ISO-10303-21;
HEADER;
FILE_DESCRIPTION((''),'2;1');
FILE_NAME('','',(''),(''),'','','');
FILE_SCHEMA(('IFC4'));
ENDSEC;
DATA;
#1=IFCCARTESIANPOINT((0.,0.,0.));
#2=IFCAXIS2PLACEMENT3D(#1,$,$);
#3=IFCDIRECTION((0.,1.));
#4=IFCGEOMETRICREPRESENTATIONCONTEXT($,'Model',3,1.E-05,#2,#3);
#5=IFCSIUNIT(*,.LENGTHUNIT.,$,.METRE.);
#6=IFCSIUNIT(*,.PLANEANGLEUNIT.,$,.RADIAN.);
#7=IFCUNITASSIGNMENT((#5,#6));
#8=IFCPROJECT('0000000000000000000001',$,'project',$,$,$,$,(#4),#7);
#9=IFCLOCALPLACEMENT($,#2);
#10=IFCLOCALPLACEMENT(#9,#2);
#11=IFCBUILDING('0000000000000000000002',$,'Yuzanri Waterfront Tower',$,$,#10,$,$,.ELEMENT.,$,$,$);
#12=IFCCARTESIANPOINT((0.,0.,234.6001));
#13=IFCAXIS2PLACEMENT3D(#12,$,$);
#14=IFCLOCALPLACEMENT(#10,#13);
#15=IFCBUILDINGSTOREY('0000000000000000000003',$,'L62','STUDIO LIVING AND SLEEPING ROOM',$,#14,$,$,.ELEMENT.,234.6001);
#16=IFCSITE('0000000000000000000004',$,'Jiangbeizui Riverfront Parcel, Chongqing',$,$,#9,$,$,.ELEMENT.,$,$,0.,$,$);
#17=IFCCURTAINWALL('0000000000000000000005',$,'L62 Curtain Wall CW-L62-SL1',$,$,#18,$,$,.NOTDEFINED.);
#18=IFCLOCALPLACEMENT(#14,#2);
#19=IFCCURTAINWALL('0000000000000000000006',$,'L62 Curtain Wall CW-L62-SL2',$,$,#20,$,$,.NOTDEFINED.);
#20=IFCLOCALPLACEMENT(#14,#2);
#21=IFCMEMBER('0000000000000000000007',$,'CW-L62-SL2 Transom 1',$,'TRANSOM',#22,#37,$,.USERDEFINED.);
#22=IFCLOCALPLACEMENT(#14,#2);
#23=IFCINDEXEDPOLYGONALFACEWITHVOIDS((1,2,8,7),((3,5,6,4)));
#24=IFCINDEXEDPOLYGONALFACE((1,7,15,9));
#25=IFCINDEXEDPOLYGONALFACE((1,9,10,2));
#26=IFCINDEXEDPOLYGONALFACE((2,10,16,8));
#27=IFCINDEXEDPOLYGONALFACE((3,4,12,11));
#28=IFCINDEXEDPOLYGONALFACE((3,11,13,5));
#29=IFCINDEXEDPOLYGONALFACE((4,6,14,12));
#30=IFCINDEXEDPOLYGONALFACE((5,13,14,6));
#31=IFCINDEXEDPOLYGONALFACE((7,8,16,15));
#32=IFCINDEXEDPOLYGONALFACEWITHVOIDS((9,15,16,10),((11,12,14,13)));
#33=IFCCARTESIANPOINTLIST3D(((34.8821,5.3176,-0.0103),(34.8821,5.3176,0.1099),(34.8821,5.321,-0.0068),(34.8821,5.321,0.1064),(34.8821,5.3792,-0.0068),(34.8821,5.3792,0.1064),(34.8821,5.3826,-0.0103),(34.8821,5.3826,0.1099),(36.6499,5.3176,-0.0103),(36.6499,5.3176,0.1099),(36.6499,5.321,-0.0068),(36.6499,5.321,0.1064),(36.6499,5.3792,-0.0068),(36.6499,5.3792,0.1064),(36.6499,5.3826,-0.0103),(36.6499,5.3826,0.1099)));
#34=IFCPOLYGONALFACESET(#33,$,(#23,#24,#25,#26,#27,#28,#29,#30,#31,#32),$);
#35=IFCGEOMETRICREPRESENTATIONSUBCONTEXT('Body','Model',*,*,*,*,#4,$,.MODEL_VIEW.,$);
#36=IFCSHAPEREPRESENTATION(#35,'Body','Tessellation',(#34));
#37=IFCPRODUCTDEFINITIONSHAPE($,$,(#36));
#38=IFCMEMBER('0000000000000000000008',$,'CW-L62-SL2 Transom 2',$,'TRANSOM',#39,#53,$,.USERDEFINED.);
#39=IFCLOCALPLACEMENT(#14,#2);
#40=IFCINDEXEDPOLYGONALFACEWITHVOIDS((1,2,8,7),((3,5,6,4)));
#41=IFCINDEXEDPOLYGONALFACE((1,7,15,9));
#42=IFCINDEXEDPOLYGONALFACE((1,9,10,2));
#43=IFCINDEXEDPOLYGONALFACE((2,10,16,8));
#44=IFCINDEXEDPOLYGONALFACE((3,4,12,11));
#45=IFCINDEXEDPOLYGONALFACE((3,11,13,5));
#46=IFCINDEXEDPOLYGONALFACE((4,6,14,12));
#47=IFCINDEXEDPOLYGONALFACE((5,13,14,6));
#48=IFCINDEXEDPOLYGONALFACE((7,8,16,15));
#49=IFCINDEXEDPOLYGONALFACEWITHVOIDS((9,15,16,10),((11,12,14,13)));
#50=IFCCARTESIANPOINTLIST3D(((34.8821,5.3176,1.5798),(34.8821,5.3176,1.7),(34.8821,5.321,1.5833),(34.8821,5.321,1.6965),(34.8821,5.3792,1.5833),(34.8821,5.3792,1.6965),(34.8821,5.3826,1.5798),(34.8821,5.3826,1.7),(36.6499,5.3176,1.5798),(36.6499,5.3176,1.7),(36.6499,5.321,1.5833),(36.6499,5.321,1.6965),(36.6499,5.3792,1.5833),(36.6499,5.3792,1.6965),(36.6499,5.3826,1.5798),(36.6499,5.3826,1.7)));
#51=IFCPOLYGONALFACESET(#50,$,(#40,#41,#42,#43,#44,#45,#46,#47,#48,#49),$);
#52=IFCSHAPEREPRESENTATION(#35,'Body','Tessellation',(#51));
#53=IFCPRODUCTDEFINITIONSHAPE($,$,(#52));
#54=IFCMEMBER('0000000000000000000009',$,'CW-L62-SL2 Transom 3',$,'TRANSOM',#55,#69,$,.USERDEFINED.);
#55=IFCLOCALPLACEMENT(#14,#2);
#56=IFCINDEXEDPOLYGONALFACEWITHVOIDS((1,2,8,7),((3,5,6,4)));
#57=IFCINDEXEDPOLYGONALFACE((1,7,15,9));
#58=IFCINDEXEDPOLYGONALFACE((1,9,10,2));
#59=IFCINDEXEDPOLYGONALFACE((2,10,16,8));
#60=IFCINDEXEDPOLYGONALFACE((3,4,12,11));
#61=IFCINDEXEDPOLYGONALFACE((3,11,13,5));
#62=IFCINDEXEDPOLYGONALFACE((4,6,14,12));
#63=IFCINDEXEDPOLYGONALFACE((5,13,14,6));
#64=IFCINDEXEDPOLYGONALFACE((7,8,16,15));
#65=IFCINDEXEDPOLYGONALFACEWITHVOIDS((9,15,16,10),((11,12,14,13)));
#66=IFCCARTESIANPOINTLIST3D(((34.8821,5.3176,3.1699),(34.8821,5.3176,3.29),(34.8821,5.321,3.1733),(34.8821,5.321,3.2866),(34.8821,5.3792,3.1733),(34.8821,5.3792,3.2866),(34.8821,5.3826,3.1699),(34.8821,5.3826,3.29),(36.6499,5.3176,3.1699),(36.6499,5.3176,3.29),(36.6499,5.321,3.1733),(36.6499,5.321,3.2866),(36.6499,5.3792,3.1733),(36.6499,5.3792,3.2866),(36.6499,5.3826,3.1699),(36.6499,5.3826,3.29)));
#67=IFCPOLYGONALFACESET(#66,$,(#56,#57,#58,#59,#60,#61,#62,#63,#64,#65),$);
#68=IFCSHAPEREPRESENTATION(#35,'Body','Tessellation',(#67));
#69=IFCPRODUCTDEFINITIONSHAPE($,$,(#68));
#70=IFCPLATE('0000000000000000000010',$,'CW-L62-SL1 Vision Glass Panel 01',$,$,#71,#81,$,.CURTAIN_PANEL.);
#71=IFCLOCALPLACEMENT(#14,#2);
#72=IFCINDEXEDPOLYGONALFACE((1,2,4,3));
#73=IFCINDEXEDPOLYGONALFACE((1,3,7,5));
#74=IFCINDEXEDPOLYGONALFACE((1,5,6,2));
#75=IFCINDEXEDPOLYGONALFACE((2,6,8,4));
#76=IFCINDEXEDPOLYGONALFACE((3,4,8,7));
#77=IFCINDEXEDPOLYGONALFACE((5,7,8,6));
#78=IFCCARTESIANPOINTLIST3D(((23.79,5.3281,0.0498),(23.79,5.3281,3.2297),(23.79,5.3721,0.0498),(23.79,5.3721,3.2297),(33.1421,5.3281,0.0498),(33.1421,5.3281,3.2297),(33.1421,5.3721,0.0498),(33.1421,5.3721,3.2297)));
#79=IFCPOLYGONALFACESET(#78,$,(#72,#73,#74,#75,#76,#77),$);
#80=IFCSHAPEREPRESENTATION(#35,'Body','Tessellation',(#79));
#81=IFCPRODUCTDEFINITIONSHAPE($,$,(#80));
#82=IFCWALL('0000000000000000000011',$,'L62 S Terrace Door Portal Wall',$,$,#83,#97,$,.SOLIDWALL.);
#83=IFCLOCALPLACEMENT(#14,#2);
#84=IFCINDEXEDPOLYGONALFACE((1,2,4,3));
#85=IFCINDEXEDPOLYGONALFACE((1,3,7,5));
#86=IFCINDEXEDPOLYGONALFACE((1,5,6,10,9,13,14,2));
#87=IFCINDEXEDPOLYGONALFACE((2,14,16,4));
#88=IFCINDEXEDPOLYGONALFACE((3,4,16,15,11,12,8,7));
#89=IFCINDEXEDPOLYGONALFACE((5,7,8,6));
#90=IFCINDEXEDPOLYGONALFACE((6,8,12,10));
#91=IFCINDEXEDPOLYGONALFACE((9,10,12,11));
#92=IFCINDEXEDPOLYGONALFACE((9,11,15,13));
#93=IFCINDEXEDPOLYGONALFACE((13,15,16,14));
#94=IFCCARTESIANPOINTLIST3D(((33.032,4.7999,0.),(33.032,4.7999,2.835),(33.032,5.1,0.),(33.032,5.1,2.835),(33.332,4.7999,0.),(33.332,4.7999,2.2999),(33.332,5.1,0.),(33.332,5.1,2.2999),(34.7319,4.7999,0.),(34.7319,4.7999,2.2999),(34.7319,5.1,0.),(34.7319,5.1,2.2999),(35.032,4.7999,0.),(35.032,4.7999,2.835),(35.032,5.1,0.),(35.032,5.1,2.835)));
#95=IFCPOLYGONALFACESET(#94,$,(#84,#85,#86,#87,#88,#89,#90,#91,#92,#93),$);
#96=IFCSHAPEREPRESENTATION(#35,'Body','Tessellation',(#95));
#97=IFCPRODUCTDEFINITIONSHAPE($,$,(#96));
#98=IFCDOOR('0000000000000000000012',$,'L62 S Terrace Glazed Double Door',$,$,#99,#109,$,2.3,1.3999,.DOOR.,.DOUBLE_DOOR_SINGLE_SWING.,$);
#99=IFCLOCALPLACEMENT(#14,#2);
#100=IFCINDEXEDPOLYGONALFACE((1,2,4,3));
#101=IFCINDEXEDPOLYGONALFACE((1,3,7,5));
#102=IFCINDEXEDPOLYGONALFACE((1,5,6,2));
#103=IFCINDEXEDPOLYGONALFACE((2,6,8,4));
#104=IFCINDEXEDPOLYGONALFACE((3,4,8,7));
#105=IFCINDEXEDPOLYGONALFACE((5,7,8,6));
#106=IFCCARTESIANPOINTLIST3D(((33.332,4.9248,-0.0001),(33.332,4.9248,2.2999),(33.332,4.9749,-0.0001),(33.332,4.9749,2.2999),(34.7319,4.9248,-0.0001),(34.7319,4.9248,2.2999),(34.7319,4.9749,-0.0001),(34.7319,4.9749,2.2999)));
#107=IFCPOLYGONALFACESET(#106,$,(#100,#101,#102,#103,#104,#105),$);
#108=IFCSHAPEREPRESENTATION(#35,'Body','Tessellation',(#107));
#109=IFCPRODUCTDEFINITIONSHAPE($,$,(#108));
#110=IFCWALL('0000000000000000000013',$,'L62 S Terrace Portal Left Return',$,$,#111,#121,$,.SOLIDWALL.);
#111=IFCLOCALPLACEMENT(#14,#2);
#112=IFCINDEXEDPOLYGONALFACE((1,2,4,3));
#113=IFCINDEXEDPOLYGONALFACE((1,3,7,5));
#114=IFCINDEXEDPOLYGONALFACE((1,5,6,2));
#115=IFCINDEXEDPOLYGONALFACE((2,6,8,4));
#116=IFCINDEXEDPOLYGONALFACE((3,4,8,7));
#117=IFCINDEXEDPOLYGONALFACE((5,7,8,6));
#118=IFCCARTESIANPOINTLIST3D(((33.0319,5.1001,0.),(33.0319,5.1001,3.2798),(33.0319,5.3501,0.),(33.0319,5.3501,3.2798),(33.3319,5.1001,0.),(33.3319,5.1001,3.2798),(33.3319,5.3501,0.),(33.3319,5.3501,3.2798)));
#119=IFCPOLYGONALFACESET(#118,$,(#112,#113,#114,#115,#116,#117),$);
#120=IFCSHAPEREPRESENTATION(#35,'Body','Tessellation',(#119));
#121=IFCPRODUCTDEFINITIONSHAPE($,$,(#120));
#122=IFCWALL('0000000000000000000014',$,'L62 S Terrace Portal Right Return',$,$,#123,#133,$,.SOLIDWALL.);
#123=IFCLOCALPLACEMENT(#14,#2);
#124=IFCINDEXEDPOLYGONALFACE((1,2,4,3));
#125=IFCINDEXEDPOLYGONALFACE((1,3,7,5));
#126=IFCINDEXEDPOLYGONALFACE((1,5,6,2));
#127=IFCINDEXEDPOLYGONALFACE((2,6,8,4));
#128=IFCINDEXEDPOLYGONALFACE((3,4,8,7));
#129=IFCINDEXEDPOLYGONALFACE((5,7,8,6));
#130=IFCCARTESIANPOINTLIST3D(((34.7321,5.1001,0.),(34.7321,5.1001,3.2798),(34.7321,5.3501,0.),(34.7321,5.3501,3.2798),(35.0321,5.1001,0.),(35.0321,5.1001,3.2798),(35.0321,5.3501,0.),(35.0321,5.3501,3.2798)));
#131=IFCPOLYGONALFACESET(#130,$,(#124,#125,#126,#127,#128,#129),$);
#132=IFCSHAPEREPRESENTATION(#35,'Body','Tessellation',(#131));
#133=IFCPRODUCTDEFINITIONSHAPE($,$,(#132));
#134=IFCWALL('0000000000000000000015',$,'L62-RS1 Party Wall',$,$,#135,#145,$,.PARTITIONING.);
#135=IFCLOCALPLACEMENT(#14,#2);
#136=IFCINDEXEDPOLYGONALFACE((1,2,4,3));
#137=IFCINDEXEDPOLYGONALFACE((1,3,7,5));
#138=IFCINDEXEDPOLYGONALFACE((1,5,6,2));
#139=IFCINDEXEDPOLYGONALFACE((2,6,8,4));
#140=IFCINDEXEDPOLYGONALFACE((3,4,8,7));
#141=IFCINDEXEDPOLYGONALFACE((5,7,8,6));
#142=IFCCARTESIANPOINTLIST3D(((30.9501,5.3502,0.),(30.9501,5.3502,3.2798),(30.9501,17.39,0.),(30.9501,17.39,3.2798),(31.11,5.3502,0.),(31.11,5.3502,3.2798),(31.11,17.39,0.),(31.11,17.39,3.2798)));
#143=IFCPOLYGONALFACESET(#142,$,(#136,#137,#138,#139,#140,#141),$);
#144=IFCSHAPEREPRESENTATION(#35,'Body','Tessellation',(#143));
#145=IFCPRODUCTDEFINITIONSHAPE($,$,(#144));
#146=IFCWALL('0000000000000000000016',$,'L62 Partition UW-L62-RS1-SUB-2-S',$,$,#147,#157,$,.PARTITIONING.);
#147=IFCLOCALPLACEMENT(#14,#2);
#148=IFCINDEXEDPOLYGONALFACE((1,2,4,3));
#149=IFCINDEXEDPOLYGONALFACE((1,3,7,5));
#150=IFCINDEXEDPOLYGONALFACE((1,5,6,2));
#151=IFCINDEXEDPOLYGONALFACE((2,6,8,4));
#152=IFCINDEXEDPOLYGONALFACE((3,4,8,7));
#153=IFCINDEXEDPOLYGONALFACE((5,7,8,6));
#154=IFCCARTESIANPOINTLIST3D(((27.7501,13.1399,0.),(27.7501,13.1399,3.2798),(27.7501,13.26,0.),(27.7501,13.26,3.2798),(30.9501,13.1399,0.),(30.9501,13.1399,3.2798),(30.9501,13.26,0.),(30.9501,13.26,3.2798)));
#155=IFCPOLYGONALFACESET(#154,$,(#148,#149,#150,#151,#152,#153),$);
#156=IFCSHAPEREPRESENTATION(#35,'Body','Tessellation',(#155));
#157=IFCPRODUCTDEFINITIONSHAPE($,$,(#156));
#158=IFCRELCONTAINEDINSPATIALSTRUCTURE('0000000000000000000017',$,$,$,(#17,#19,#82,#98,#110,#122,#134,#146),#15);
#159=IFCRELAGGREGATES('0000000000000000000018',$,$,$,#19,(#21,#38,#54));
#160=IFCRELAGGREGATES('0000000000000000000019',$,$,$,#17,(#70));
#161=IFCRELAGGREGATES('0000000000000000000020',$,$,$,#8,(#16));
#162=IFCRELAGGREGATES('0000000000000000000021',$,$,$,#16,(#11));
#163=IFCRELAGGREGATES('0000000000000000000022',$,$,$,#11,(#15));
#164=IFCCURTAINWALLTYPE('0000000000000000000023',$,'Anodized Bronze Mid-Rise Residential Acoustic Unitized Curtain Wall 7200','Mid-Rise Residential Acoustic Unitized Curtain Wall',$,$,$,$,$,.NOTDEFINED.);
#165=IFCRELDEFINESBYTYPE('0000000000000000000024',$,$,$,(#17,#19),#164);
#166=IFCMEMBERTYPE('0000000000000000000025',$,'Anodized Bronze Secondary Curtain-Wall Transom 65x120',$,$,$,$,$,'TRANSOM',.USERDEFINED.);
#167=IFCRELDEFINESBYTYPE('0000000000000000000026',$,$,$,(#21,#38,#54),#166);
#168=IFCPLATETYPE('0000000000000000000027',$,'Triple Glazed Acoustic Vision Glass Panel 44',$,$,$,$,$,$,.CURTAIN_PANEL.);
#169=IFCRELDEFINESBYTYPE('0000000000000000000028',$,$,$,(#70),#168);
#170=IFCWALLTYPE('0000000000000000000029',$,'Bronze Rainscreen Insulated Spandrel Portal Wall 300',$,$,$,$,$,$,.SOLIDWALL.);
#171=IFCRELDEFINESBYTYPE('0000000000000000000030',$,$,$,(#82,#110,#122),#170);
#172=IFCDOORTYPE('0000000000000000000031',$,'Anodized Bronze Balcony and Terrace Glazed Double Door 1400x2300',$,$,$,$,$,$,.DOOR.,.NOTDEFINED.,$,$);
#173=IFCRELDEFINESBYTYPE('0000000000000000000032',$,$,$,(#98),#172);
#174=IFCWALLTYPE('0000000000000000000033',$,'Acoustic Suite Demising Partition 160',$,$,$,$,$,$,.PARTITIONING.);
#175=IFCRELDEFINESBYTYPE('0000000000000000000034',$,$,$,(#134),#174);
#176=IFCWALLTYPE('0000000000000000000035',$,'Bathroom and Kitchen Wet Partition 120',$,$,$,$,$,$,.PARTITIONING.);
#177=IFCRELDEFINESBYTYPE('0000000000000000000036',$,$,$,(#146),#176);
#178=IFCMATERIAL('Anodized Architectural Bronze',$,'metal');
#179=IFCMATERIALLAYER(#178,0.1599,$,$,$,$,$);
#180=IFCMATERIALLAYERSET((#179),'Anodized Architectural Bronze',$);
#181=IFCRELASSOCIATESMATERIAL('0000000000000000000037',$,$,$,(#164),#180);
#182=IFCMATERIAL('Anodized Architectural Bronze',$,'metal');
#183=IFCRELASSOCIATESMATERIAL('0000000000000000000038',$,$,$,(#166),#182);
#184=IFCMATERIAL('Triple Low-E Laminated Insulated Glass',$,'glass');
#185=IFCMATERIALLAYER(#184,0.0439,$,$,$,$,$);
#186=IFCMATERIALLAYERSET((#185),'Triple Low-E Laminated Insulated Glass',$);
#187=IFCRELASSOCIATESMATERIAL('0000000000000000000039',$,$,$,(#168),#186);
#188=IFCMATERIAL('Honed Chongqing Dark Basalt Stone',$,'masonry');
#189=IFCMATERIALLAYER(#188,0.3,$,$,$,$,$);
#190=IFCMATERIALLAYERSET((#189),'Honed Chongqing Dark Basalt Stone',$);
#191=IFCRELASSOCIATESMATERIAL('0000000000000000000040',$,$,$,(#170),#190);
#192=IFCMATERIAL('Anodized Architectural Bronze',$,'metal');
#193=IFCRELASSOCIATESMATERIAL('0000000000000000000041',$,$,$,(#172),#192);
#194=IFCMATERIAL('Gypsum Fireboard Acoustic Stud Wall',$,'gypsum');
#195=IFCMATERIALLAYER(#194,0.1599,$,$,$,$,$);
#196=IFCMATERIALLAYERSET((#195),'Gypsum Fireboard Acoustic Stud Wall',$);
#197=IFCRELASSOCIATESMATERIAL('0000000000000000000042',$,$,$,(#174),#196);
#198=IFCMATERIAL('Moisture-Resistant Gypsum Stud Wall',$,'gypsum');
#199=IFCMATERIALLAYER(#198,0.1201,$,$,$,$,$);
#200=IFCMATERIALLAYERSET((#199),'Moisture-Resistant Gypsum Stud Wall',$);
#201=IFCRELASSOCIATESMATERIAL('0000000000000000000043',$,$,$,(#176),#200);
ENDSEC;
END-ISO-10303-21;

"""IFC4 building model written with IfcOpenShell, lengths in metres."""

from ifc_helpers import new_model, si_unit, direction, frame, frame_2d, origin, origin_2d, place, context, subcontext, project, spatial, rectangle, hollow_rectangle, extrude, source, transform, mapped, material, layer, layer_set, material_profile, profile_set, type_object, element, fill, aggregate, save


model = new_model("IFC4")

# Units and contexts
model_context = context("Model", 3, precision=1e-05, world=origin(), true_north=direction((0.0, 1.0)))
body_context = subcontext(model_context, "Body", "Model", "MODEL_VIEW")
ifc_project = project(units=[si_unit("LENGTHUNIT", "METRE"), si_unit("PLANEANGLEUNIT", "RADIAN")], contexts=[model_context])

# Site, building, storey
site_placement = place(None, origin())
site = spatial("IfcSite", under=ifc_project, at=site_placement, Name="Jiangbeizui Riverfront Parcel, Chongqing", CompositionType="ELEMENT", RefElevation=0.0)
building_placement = place(site_placement, origin())
building = spatial("IfcBuilding", under=site, at=building_placement, Name="Yuzanri Waterfront Tower", CompositionType="ELEMENT")
storey_placement = place(building_placement, frame((0.0, 0.0, 234.6001)))
storey = spatial("IfcBuildingStorey", under=building, at=storey_placement, Name="L62", Description="STUDIO LIVING AND SLEEPING ROOM", CompositionType="ELEMENT", Elevation=234.6001)

# Curtain walls
ifc_material_1 = material(Name="Anodized Architectural Bronze", Category="metal")
ifc_layer_1 = layer(ifc_material_1, 0.1599)
ifc_layer_set_1 = layer_set([ifc_layer_1], Name="Anodized Architectural Bronze")
curtain_wall_type = type_object("IfcCurtainWallType", Name="Anodized Bronze Mid-Rise Residential Acoustic Unitized Curtain Wall 7200", Description="Mid-Rise Residential Acoustic Unitized Curtain Wall", PredefinedType="NOTDEFINED", material=ifc_layer_set_1)
curtain_wall_1_placement = place(storey_placement, origin())
curtain_wall_1 = element("IfcCurtainWall", 1, at=curtain_wall_1_placement, inside=storey, type_object=curtain_wall_type, Name="L62 Curtain Wall CW-L62-SL1", PredefinedType="NOTDEFINED")
curtain_wall_2_placement = place(storey_placement, origin())
curtain_wall_2 = element("IfcCurtainWall", 2, at=curtain_wall_2_placement, inside=storey, type_object=curtain_wall_type, Name="L62 Curtain Wall CW-L62-SL2", PredefinedType="NOTDEFINED")

# Members
ifc_material_2 = material(Name="Anodized Architectural Bronze", Category="metal")
ifc_material_profile_1 = material_profile(ifc_material_2, hollow_rectangle(XDim=0.0649, YDim=0.1201, WallThickness=0.0034, at=origin_2d()), Name="CWT 65x120")
ifc_profile_set_1 = profile_set([ifc_material_profile_1], Name="Anodized Architectural Bronze")
member_type_1 = type_object("IfcMemberType", Name="Anodized Bronze Secondary Curtain-Wall Transom 65x120", ElementType="TRANSOM", PredefinedType="USERDEFINED", material=ifc_profile_set_1)
shared_shape_1 = source(origin(), body_context, "Body", "SweptSolid", [
    extrude(hollow_rectangle(XDim=0.0649, YDim=0.1201, WallThickness=0.0034, at=origin_2d()), origin(), (0.0, 0.0, 1.0), 1.7678),
])
member_1_placement = place(storey_placement, frame((34.8821, 5.3501, 0.0498), z_axis=(1.0, 0.0, 0.0), x_axis=(0.0, 1.0, 0.0)))
member_1 = element("IfcMember", 3, at=member_1_placement, type_object=member_type_1, Name="CW-L62-SL2 Transom 1", ObjectType="TRANSOM", PredefinedType="USERDEFINED", context=body_context, shape_type="MappedRepresentation", body=[
    mapped(shared_shape_1, transform((0.0, 0.0, 0.0), scale=1.0)),
])
member_2_placement = place(storey_placement, frame((34.8821, 5.3501, 1.6399), z_axis=(1.0, 0.0, 0.0), x_axis=(0.0, 1.0, 0.0)))
member_2 = element("IfcMember", 4, at=member_2_placement, type_object=member_type_1, Name="CW-L62-SL2 Transom 2", ObjectType="TRANSOM", PredefinedType="USERDEFINED", context=body_context, shape_type="MappedRepresentation", body=[
    mapped(shared_shape_1, transform((0.0, 0.0, 0.0), scale=1.0)),
])
member_3_placement = place(storey_placement, frame((34.8821, 5.3501, 3.23), z_axis=(1.0, 0.0, 0.0), x_axis=(0.0, 1.0, 0.0)))
member_3 = element("IfcMember", 5, at=member_3_placement, type_object=member_type_1, Name="CW-L62-SL2 Transom 3", ObjectType="TRANSOM", PredefinedType="USERDEFINED", context=body_context, shape_type="MappedRepresentation", body=[
    mapped(shared_shape_1, transform((0.0, 0.0, 0.0), scale=1.0)),
])
aggregate(curtain_wall_2, [member_1, member_2, member_3])

# Plate
ifc_material_3 = material(Name="Triple Low-E Laminated Insulated Glass", Category="glass")
ifc_layer_2 = layer(ifc_material_3, 0.0439)
ifc_layer_set_2 = layer_set([ifc_layer_2], Name="Triple Low-E Laminated Insulated Glass")
plate_type = type_object("IfcPlateType", Name="Triple Glazed Acoustic Vision Glass Panel 44", PredefinedType="CURTAIN_PANEL", material=ifc_layer_set_2)
shared_shape_2 = source(origin(), body_context, "Body", "SweptSolid", [
    extrude(rectangle(XDim=9.3521, YDim=0.0439, at=origin_2d()), origin(), (0.0, 0.0, 1.0), 3.1799),
])
plate_placement = place(storey_placement, frame((28.4661, 5.3501, 0.0498), z_axis=(0.0, 0.0, 1.0), x_axis=(1.0, 0.0, 0.0)))
plate = element("IfcPlate", 6, at=plate_placement, type_object=plate_type, Name="CW-L62-SL1 Vision Glass Panel 01", PredefinedType="CURTAIN_PANEL", context=body_context, shape_type="MappedRepresentation", body=[
    mapped(shared_shape_2, transform((0.0, 0.0, 0.0), scale=1.0)),
])
aggregate(curtain_wall_1, [plate])

# Wall, opening, door
ifc_material_4 = material(Name="Honed Chongqing Dark Basalt Stone", Category="masonry")
ifc_layer_3 = layer(ifc_material_4, 0.3)
ifc_layer_set_3 = layer_set([ifc_layer_3], Name="Honed Chongqing Dark Basalt Stone")
wall_type_1 = type_object("IfcWallType", Name="Bronze Rainscreen Insulated Spandrel Portal Wall 300", PredefinedType="SOLIDWALL", material=ifc_layer_set_3)
wall_1_placement = place(storey_placement, frame((33.032, 4.95, 0.0), z_axis=(0.0, 0.0, 1.0), x_axis=(1.0, 0.0, 0.0)))
wall_1 = element("IfcWall", 7, at=wall_1_placement, inside=storey, type_object=wall_type_1, Name="L62 S Terrace Door Portal Wall", PredefinedType="SOLIDWALL", context=body_context, shape_type="SweptSolid", body=[
    extrude(rectangle(XDim=2.0, YDim=0.3, at=frame_2d((1.0, 0.0))), origin(), (0.0, 0.0, 1.0), 2.835),
])
opening_placement = place(wall_1_placement, frame((0.3, 0.0, 0.0)))
opening = element("IfcOpeningElement", 8, at=opening_placement, cuts=wall_1, PredefinedType="OPENING", context=body_context, shape_type="SweptSolid", body=[
    extrude(rectangle(XDim=1.3999, YDim=2.3, at=frame_2d((0.7, 1.1499))), frame((0.0, 0.165, 0.0), z_axis=(0.0, -1.0, 0.0), x_axis=(1.0, 0.0, 0.0)), (0.0, 0.0, 1.0), 0.3298),
])
ifc_material_5 = material(Name="Anodized Architectural Bronze", Category="metal")
door_type = type_object("IfcDoorType", Name="Anodized Bronze Balcony and Terrace Glazed Double Door 1400x2300", OperationType="NOTDEFINED", PredefinedType="DOOR", material=ifc_material_5)
shared_shape_3 = source(origin(), body_context, "Body", "SweptSolid", [
    extrude(rectangle(XDim=1.3999, YDim=2.3, at=frame_2d((0.7, 1.1499))), frame((0.0, 0.0249, 0.0), z_axis=(0.0, -1.0, 0.0), x_axis=(1.0, 0.0, 0.0)), (0.0, 0.0, 1.0), 0.05),
])
door_placement = place(opening_placement, origin())
door = element("IfcDoor", 9, at=door_placement, inside=storey, type_object=door_type, Name="L62 S Terrace Glazed Double Door", OperationType="DOUBLE_DOOR_SINGLE_SWING", OverallHeight=2.3, OverallWidth=1.3999, PredefinedType="DOOR", context=body_context, shape_type="MappedRepresentation", body=[
    mapped(shared_shape_3, transform((0.0, 0.0, 0.0), scale=1.0)),
])
fill(opening, door)

# Walls
shared_shape_4 = source(origin(), body_context, "Body", "SweptSolid", [
    extrude(rectangle(XDim=0.25, YDim=0.3, at=frame_2d((0.125, 0.0))), origin(), (0.0, 0.0, 1.0), 3.2798),
])
for number, where, z_axis, x_axis, name in (
    (10, (33.1819, 5.3501, 0.0), (0.0, 0.0, 1.0), (0.0, -1.0, 0.0), "L62 S Terrace Portal Left Return"),
    (11, (34.8821, 5.1001, 0.0), (0.0, 0.0, 1.0), (0.0, 1.0, 0.0), "L62 S Terrace Portal Right Return"),
):
    element("IfcWall", number, at=place(storey_placement, frame(where, z_axis=z_axis, x_axis=x_axis)), inside=storey, type_object=wall_type_1, Name=name, PredefinedType="SOLIDWALL", context=body_context, shape_type="MappedRepresentation", body=[
        mapped(shared_shape_4, transform((0.0, 0.0, 0.0), scale=1.0)),
    ])
ifc_material_6 = material(Name="Gypsum Fireboard Acoustic Stud Wall", Category="gypsum")
ifc_layer_4 = layer(ifc_material_6, 0.1599)
ifc_layer_set_4 = layer_set([ifc_layer_4], Name="Gypsum Fireboard Acoustic Stud Wall")
wall_type_2 = type_object("IfcWallType", Name="Acoustic Suite Demising Partition 160", PredefinedType="PARTITIONING", material=ifc_layer_set_4)
shared_shape_5 = source(origin(), body_context, "Body", "SweptSolid", [
    extrude(rectangle(XDim=12.0398, YDim=0.1599, at=frame_2d((6.02, 0.0))), origin(), (0.0, 0.0, 1.0), 3.2798),
])
wall_2_placement = place(storey_placement, frame((31.03, 5.3501, 0.0), z_axis=(0.0, 0.0, 1.0), x_axis=(0.0, 1.0, 0.0)))
element("IfcWall", 12, at=wall_2_placement, inside=storey, type_object=wall_type_2, Name="L62-RS1 Party Wall", PredefinedType="PARTITIONING", context=body_context, shape_type="MappedRepresentation", body=[
    mapped(shared_shape_5, transform((0.0, 0.0, 0.0), scale=1.0)),
])
ifc_material_7 = material(Name="Moisture-Resistant Gypsum Stud Wall", Category="gypsum")
ifc_layer_5 = layer(ifc_material_7, 0.1201)
ifc_layer_set_5 = layer_set([ifc_layer_5], Name="Moisture-Resistant Gypsum Stud Wall")
wall_type_3 = type_object("IfcWallType", Name="Bathroom and Kitchen Wet Partition 120", PredefinedType="PARTITIONING", material=ifc_layer_set_5)
shared_shape_6 = source(origin(), body_context, "Body", "SweptSolid", [
    extrude(rectangle(XDim=3.2, YDim=0.1201, at=frame_2d((1.6001, 0.0))), origin(), (0.0, 0.0, 1.0), 3.2798),
])
wall_3_placement = place(storey_placement, frame((27.75, 13.2, 0.0), z_axis=(0.0, 0.0, 1.0), x_axis=(1.0, 0.0, 0.0)))
element("IfcWall", 13, at=wall_3_placement, inside=storey, type_object=wall_type_3, Name="L62 Partition UW-L62-RS1-SUB-2-S", PredefinedType="PARTITIONING", context=body_context, shape_type="MappedRepresentation", body=[
    mapped(shared_shape_6, transform((0.0, 0.0, 0.0), scale=1.0)),
])

save(model, "model.ifc")
